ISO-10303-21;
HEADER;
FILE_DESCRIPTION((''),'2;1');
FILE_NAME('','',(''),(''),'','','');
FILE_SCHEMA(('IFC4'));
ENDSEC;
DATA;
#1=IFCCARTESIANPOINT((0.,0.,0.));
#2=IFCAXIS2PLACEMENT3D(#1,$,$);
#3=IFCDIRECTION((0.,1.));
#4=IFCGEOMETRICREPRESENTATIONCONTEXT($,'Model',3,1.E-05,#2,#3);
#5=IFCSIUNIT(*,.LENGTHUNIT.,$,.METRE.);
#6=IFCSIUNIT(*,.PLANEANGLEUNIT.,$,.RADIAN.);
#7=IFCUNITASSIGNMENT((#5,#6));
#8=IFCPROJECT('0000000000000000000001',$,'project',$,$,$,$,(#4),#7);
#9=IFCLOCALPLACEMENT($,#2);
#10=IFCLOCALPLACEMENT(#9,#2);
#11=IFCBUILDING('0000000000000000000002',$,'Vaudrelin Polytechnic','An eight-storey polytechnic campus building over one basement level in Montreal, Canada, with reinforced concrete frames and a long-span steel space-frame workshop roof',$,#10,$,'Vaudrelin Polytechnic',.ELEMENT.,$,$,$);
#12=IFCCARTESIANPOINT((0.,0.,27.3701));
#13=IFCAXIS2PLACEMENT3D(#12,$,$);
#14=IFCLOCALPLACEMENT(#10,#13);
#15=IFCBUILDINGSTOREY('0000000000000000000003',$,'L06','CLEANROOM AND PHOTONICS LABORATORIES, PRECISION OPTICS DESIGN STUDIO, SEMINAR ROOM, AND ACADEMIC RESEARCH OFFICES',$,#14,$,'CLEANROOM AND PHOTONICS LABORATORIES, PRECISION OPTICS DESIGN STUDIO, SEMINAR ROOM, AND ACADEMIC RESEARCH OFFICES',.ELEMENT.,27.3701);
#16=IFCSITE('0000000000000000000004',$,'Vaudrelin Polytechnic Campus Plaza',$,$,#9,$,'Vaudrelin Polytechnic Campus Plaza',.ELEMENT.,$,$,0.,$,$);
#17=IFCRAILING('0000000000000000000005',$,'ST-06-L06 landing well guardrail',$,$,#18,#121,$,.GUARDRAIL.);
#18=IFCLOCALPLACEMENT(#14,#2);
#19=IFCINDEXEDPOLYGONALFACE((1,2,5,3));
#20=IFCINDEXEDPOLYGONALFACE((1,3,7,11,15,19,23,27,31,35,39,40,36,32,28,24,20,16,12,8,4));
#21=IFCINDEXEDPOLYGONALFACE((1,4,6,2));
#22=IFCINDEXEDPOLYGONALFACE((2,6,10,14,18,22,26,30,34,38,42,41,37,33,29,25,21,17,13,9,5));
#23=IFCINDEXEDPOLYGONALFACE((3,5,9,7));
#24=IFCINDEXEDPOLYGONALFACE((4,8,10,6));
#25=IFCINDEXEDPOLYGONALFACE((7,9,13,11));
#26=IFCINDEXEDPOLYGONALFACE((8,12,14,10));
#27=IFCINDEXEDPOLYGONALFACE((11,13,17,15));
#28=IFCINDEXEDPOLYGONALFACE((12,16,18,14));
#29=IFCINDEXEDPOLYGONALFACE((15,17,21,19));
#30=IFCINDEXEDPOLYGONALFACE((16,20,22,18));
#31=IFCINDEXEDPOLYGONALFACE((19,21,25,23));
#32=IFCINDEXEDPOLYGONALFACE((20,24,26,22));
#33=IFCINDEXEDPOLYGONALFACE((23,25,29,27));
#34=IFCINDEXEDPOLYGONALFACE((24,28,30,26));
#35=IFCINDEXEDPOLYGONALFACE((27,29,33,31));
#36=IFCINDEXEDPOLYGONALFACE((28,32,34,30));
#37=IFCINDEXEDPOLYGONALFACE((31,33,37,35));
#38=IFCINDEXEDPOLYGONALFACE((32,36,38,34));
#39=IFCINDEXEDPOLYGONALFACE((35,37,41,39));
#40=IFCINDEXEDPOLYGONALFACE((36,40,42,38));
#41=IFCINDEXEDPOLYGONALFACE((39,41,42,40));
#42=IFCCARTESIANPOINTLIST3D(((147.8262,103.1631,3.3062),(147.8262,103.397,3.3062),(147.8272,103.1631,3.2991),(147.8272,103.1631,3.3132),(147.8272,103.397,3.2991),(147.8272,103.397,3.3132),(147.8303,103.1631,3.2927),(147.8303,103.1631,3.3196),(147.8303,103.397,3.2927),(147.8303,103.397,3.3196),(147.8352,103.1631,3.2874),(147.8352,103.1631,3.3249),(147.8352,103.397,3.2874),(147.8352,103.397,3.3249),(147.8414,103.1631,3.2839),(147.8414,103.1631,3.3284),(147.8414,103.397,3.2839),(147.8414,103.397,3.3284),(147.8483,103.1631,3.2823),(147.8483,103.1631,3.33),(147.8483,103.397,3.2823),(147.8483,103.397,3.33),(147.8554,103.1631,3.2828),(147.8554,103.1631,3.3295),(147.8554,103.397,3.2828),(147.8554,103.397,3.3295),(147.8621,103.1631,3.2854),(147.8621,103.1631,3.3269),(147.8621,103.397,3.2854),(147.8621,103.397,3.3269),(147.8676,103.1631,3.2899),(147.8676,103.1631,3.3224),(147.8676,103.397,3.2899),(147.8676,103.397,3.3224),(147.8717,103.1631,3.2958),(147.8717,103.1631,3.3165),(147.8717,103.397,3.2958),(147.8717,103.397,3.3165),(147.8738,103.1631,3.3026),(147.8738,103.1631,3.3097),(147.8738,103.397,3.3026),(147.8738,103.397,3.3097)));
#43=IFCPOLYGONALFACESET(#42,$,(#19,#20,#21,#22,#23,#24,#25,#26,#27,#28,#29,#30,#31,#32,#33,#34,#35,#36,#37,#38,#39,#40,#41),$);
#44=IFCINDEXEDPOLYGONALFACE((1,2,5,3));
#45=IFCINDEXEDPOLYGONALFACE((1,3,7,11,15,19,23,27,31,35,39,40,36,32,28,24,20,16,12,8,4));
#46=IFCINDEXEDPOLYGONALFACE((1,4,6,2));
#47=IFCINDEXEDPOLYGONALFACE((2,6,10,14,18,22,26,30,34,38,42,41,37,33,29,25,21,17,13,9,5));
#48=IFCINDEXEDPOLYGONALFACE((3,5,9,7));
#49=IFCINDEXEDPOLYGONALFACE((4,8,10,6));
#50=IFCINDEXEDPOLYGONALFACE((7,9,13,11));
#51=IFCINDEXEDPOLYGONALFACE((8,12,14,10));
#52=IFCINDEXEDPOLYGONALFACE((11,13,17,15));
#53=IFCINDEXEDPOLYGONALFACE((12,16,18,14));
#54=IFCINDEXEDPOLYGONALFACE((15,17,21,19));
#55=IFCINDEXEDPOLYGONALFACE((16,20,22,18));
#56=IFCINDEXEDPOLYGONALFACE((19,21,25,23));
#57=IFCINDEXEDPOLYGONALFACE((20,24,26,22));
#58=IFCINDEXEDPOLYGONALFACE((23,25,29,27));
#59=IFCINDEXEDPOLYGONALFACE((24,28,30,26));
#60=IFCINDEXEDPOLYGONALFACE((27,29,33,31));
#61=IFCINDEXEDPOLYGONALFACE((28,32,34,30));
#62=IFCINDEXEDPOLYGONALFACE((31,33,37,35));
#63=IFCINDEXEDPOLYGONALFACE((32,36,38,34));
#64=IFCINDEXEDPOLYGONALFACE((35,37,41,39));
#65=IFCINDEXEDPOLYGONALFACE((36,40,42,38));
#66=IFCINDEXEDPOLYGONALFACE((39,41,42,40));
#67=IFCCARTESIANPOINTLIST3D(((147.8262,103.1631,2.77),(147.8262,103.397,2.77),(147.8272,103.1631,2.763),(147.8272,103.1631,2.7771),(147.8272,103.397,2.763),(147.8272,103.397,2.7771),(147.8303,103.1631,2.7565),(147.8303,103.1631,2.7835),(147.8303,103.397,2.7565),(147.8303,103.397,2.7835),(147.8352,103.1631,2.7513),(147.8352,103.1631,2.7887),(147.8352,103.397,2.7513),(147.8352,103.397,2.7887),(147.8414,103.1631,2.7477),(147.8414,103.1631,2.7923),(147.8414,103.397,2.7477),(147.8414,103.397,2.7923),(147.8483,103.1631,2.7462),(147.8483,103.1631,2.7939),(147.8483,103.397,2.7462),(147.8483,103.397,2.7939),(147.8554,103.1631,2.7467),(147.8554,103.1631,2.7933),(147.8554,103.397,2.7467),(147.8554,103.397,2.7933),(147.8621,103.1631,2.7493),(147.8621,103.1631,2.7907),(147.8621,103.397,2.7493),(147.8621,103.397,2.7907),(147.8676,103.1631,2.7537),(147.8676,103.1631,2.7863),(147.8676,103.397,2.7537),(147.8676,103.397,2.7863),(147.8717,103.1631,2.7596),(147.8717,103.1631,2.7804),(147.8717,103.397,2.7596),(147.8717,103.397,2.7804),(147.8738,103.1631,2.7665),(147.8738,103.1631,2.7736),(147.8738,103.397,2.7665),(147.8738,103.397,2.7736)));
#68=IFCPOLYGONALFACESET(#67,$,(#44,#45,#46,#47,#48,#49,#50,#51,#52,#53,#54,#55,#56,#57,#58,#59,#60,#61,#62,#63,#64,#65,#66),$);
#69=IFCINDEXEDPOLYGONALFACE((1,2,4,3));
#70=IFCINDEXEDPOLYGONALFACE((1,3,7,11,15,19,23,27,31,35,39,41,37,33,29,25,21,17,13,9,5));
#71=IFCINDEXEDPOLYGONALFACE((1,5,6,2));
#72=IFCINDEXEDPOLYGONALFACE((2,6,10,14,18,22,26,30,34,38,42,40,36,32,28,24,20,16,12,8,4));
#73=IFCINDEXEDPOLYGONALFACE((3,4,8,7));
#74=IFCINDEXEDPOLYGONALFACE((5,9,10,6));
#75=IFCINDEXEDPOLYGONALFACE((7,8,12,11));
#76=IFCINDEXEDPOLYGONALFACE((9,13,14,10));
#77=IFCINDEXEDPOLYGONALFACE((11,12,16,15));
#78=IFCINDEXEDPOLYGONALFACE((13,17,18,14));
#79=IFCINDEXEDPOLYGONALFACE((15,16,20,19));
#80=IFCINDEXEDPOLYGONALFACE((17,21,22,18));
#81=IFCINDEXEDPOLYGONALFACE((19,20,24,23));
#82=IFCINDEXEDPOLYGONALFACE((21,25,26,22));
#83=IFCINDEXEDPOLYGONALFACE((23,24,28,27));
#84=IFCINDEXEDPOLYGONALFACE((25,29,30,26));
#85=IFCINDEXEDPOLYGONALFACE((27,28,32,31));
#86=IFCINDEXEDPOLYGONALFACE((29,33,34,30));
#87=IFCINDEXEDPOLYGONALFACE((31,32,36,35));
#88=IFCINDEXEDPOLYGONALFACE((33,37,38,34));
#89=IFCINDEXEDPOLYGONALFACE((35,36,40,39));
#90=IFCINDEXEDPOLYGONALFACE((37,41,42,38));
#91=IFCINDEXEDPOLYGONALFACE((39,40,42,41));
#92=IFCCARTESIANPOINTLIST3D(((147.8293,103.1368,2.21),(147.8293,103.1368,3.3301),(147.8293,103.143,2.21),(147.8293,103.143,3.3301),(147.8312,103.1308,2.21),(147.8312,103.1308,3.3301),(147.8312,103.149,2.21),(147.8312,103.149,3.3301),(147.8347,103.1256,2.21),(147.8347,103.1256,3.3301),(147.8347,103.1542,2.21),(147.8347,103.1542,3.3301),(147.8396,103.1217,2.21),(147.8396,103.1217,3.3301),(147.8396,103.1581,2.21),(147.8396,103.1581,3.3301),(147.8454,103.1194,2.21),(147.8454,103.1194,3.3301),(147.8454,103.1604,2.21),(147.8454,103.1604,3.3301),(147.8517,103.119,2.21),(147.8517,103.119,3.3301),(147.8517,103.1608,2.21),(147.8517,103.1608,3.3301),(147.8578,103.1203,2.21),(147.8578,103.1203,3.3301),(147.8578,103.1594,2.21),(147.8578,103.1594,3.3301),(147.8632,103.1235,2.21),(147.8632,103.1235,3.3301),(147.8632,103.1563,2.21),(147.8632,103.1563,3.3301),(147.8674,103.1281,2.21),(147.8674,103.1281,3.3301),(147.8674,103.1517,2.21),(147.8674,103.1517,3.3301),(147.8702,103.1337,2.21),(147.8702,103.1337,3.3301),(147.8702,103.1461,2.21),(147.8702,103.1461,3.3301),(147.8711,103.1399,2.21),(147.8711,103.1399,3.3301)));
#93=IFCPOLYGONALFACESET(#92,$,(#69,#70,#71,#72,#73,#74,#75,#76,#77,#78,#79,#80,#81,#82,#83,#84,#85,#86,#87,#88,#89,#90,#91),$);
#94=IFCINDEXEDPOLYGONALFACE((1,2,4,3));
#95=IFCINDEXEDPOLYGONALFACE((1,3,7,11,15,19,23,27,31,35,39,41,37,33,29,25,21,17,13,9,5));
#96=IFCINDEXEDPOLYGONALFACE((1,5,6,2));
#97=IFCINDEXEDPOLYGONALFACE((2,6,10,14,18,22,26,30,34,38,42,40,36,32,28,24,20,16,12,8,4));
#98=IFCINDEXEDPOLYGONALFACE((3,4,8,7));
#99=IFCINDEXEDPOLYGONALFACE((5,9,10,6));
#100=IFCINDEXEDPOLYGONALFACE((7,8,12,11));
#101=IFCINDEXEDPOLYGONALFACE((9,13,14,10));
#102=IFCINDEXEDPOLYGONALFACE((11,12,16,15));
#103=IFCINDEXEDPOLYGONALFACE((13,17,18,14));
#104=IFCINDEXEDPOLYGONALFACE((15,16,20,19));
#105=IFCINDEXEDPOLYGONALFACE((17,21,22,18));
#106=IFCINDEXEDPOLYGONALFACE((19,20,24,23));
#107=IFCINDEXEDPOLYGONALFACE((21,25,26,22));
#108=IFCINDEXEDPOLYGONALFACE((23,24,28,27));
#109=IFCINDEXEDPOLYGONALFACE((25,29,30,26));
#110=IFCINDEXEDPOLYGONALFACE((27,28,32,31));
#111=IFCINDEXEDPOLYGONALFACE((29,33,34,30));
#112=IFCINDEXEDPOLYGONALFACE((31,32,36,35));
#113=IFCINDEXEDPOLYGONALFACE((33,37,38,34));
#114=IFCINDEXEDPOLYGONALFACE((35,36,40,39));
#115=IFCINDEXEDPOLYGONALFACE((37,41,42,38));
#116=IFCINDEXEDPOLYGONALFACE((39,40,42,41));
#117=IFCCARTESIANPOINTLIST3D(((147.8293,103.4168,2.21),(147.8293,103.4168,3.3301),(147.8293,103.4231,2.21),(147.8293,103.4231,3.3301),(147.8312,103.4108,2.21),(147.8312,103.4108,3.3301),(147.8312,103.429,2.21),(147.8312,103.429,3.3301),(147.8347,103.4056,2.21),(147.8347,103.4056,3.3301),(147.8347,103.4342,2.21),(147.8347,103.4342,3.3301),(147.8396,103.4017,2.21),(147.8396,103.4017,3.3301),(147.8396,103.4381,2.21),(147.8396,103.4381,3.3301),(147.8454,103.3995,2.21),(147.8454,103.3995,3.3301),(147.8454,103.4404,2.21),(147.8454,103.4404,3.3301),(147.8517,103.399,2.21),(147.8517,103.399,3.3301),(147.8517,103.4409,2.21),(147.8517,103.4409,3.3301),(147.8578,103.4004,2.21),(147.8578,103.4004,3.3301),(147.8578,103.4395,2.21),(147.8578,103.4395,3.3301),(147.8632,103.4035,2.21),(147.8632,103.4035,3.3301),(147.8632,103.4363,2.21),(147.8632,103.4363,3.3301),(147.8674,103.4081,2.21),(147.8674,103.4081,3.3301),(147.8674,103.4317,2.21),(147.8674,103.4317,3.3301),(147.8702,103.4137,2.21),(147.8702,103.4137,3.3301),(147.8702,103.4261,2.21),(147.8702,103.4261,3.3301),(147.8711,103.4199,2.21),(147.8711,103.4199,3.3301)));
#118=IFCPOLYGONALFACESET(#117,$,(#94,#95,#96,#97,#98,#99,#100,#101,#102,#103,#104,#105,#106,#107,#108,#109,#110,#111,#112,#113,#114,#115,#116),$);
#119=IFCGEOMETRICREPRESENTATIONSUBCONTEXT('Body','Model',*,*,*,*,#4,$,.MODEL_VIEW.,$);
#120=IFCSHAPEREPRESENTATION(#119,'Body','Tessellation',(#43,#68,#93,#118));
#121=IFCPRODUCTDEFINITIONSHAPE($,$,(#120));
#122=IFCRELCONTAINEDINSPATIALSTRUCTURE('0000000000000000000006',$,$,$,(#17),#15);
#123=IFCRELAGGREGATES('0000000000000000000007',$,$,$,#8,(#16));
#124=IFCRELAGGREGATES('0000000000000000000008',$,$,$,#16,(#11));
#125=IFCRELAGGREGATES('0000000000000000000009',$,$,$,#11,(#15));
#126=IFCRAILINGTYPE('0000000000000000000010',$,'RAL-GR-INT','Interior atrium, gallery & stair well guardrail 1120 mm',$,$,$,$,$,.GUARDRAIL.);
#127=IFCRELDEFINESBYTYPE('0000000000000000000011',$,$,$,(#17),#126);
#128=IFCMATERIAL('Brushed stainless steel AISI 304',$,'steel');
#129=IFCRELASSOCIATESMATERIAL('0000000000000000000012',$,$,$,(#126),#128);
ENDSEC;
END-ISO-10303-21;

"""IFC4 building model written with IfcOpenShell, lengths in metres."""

from ifc_helpers import new_model, si_unit, direction, frame, origin, origin_2d, place, context, subcontext, project, spatial, circle, extrude, material, type_object, element, save


model = new_model("IFC4")

# Units and contexts
model_context = context("Model", 3, precision=1e-05, world=origin(), true_north=direction((0.0, 1.0)))
body_context = subcontext(model_context, "Body", "Model", "MODEL_VIEW")
ifc_project = project(units=[si_unit("LENGTHUNIT", "METRE"), si_unit("PLANEANGLEUNIT", "RADIAN")], contexts=[model_context])

# Site, building, storey
site_placement = place(None, origin())
site = spatial("IfcSite", under=ifc_project, at=site_placement, Name="Vaudrelin Polytechnic Campus Plaza", LongName="Vaudrelin Polytechnic Campus Plaza", CompositionType="ELEMENT", RefElevation=0.0)
building_placement = place(site_placement, origin())
building = spatial("IfcBuilding", under=site, at=building_placement, Name="Vaudrelin Polytechnic", Description="An eight-storey polytechnic campus building over one basement level in Montreal, Canada, with reinforced concrete frames and a long-span steel space-frame workshop roof", LongName="Vaudrelin Polytechnic", CompositionType="ELEMENT")
storey_placement = place(building_placement, frame((0.0, 0.0, 27.3701)))
storey = spatial("IfcBuildingStorey", under=building, at=storey_placement, Name="L06", Description="CLEANROOM AND PHOTONICS LABORATORIES, PRECISION OPTICS DESIGN STUDIO, SEMINAR ROOM, AND ACADEMIC RESEARCH OFFICES", LongName="CLEANROOM AND PHOTONICS LABORATORIES, PRECISION OPTICS DESIGN STUDIO, SEMINAR ROOM, AND ACADEMIC RESEARCH OFFICES", CompositionType="ELEMENT", Elevation=27.3701)

# Shared definitions
ifc_material_1 = material(Name="Brushed stainless steel AISI 304", Category="steel")

# Railing
railing_type_1 = type_object("IfcRailingType", Name="RAL-GR-INT", Description="Interior atrium, gallery & stair well guardrail 1120 mm", PredefinedType="GUARDRAIL", material=ifc_material_1)
railing_1_placement = place(storey_placement, frame((147.8501, 103.1399, 2.21)))
element("IfcRailing", 1, at=railing_1_placement, inside=storey, type_object=railing_type_1, Name="ST-06-L06 landing well guardrail", PredefinedType="GUARDRAIL", context=body_context, shape_type="SweptSolid", body=[
    extrude(circle(Radius=0.0239, at=origin_2d()), frame((0.0, 0.0232, 1.0962), z_axis=(0.0, 1.0, 0.0), x_axis=(-1.0, 0.0, 0.0)), (0.0, 0.0, 1.0), 0.2339),
    extrude(circle(Radius=0.0239, at=origin_2d()), frame((0.0, 0.0232, 0.5601), z_axis=(0.0, 1.0, 0.0), x_axis=(-1.0, 0.0, 0.0)), (0.0, 0.0, 1.0), 0.2339),
    extrude(circle(Radius=0.021, at=origin_2d()), origin(), (0.0, 0.0, 1.0), 1.1201),
    extrude(circle(Radius=0.021, at=origin_2d()), frame((0.0, 0.28, 0.0)), (0.0, 0.0, 1.0), 1.1201),
])

save(model, "model.ifc")
